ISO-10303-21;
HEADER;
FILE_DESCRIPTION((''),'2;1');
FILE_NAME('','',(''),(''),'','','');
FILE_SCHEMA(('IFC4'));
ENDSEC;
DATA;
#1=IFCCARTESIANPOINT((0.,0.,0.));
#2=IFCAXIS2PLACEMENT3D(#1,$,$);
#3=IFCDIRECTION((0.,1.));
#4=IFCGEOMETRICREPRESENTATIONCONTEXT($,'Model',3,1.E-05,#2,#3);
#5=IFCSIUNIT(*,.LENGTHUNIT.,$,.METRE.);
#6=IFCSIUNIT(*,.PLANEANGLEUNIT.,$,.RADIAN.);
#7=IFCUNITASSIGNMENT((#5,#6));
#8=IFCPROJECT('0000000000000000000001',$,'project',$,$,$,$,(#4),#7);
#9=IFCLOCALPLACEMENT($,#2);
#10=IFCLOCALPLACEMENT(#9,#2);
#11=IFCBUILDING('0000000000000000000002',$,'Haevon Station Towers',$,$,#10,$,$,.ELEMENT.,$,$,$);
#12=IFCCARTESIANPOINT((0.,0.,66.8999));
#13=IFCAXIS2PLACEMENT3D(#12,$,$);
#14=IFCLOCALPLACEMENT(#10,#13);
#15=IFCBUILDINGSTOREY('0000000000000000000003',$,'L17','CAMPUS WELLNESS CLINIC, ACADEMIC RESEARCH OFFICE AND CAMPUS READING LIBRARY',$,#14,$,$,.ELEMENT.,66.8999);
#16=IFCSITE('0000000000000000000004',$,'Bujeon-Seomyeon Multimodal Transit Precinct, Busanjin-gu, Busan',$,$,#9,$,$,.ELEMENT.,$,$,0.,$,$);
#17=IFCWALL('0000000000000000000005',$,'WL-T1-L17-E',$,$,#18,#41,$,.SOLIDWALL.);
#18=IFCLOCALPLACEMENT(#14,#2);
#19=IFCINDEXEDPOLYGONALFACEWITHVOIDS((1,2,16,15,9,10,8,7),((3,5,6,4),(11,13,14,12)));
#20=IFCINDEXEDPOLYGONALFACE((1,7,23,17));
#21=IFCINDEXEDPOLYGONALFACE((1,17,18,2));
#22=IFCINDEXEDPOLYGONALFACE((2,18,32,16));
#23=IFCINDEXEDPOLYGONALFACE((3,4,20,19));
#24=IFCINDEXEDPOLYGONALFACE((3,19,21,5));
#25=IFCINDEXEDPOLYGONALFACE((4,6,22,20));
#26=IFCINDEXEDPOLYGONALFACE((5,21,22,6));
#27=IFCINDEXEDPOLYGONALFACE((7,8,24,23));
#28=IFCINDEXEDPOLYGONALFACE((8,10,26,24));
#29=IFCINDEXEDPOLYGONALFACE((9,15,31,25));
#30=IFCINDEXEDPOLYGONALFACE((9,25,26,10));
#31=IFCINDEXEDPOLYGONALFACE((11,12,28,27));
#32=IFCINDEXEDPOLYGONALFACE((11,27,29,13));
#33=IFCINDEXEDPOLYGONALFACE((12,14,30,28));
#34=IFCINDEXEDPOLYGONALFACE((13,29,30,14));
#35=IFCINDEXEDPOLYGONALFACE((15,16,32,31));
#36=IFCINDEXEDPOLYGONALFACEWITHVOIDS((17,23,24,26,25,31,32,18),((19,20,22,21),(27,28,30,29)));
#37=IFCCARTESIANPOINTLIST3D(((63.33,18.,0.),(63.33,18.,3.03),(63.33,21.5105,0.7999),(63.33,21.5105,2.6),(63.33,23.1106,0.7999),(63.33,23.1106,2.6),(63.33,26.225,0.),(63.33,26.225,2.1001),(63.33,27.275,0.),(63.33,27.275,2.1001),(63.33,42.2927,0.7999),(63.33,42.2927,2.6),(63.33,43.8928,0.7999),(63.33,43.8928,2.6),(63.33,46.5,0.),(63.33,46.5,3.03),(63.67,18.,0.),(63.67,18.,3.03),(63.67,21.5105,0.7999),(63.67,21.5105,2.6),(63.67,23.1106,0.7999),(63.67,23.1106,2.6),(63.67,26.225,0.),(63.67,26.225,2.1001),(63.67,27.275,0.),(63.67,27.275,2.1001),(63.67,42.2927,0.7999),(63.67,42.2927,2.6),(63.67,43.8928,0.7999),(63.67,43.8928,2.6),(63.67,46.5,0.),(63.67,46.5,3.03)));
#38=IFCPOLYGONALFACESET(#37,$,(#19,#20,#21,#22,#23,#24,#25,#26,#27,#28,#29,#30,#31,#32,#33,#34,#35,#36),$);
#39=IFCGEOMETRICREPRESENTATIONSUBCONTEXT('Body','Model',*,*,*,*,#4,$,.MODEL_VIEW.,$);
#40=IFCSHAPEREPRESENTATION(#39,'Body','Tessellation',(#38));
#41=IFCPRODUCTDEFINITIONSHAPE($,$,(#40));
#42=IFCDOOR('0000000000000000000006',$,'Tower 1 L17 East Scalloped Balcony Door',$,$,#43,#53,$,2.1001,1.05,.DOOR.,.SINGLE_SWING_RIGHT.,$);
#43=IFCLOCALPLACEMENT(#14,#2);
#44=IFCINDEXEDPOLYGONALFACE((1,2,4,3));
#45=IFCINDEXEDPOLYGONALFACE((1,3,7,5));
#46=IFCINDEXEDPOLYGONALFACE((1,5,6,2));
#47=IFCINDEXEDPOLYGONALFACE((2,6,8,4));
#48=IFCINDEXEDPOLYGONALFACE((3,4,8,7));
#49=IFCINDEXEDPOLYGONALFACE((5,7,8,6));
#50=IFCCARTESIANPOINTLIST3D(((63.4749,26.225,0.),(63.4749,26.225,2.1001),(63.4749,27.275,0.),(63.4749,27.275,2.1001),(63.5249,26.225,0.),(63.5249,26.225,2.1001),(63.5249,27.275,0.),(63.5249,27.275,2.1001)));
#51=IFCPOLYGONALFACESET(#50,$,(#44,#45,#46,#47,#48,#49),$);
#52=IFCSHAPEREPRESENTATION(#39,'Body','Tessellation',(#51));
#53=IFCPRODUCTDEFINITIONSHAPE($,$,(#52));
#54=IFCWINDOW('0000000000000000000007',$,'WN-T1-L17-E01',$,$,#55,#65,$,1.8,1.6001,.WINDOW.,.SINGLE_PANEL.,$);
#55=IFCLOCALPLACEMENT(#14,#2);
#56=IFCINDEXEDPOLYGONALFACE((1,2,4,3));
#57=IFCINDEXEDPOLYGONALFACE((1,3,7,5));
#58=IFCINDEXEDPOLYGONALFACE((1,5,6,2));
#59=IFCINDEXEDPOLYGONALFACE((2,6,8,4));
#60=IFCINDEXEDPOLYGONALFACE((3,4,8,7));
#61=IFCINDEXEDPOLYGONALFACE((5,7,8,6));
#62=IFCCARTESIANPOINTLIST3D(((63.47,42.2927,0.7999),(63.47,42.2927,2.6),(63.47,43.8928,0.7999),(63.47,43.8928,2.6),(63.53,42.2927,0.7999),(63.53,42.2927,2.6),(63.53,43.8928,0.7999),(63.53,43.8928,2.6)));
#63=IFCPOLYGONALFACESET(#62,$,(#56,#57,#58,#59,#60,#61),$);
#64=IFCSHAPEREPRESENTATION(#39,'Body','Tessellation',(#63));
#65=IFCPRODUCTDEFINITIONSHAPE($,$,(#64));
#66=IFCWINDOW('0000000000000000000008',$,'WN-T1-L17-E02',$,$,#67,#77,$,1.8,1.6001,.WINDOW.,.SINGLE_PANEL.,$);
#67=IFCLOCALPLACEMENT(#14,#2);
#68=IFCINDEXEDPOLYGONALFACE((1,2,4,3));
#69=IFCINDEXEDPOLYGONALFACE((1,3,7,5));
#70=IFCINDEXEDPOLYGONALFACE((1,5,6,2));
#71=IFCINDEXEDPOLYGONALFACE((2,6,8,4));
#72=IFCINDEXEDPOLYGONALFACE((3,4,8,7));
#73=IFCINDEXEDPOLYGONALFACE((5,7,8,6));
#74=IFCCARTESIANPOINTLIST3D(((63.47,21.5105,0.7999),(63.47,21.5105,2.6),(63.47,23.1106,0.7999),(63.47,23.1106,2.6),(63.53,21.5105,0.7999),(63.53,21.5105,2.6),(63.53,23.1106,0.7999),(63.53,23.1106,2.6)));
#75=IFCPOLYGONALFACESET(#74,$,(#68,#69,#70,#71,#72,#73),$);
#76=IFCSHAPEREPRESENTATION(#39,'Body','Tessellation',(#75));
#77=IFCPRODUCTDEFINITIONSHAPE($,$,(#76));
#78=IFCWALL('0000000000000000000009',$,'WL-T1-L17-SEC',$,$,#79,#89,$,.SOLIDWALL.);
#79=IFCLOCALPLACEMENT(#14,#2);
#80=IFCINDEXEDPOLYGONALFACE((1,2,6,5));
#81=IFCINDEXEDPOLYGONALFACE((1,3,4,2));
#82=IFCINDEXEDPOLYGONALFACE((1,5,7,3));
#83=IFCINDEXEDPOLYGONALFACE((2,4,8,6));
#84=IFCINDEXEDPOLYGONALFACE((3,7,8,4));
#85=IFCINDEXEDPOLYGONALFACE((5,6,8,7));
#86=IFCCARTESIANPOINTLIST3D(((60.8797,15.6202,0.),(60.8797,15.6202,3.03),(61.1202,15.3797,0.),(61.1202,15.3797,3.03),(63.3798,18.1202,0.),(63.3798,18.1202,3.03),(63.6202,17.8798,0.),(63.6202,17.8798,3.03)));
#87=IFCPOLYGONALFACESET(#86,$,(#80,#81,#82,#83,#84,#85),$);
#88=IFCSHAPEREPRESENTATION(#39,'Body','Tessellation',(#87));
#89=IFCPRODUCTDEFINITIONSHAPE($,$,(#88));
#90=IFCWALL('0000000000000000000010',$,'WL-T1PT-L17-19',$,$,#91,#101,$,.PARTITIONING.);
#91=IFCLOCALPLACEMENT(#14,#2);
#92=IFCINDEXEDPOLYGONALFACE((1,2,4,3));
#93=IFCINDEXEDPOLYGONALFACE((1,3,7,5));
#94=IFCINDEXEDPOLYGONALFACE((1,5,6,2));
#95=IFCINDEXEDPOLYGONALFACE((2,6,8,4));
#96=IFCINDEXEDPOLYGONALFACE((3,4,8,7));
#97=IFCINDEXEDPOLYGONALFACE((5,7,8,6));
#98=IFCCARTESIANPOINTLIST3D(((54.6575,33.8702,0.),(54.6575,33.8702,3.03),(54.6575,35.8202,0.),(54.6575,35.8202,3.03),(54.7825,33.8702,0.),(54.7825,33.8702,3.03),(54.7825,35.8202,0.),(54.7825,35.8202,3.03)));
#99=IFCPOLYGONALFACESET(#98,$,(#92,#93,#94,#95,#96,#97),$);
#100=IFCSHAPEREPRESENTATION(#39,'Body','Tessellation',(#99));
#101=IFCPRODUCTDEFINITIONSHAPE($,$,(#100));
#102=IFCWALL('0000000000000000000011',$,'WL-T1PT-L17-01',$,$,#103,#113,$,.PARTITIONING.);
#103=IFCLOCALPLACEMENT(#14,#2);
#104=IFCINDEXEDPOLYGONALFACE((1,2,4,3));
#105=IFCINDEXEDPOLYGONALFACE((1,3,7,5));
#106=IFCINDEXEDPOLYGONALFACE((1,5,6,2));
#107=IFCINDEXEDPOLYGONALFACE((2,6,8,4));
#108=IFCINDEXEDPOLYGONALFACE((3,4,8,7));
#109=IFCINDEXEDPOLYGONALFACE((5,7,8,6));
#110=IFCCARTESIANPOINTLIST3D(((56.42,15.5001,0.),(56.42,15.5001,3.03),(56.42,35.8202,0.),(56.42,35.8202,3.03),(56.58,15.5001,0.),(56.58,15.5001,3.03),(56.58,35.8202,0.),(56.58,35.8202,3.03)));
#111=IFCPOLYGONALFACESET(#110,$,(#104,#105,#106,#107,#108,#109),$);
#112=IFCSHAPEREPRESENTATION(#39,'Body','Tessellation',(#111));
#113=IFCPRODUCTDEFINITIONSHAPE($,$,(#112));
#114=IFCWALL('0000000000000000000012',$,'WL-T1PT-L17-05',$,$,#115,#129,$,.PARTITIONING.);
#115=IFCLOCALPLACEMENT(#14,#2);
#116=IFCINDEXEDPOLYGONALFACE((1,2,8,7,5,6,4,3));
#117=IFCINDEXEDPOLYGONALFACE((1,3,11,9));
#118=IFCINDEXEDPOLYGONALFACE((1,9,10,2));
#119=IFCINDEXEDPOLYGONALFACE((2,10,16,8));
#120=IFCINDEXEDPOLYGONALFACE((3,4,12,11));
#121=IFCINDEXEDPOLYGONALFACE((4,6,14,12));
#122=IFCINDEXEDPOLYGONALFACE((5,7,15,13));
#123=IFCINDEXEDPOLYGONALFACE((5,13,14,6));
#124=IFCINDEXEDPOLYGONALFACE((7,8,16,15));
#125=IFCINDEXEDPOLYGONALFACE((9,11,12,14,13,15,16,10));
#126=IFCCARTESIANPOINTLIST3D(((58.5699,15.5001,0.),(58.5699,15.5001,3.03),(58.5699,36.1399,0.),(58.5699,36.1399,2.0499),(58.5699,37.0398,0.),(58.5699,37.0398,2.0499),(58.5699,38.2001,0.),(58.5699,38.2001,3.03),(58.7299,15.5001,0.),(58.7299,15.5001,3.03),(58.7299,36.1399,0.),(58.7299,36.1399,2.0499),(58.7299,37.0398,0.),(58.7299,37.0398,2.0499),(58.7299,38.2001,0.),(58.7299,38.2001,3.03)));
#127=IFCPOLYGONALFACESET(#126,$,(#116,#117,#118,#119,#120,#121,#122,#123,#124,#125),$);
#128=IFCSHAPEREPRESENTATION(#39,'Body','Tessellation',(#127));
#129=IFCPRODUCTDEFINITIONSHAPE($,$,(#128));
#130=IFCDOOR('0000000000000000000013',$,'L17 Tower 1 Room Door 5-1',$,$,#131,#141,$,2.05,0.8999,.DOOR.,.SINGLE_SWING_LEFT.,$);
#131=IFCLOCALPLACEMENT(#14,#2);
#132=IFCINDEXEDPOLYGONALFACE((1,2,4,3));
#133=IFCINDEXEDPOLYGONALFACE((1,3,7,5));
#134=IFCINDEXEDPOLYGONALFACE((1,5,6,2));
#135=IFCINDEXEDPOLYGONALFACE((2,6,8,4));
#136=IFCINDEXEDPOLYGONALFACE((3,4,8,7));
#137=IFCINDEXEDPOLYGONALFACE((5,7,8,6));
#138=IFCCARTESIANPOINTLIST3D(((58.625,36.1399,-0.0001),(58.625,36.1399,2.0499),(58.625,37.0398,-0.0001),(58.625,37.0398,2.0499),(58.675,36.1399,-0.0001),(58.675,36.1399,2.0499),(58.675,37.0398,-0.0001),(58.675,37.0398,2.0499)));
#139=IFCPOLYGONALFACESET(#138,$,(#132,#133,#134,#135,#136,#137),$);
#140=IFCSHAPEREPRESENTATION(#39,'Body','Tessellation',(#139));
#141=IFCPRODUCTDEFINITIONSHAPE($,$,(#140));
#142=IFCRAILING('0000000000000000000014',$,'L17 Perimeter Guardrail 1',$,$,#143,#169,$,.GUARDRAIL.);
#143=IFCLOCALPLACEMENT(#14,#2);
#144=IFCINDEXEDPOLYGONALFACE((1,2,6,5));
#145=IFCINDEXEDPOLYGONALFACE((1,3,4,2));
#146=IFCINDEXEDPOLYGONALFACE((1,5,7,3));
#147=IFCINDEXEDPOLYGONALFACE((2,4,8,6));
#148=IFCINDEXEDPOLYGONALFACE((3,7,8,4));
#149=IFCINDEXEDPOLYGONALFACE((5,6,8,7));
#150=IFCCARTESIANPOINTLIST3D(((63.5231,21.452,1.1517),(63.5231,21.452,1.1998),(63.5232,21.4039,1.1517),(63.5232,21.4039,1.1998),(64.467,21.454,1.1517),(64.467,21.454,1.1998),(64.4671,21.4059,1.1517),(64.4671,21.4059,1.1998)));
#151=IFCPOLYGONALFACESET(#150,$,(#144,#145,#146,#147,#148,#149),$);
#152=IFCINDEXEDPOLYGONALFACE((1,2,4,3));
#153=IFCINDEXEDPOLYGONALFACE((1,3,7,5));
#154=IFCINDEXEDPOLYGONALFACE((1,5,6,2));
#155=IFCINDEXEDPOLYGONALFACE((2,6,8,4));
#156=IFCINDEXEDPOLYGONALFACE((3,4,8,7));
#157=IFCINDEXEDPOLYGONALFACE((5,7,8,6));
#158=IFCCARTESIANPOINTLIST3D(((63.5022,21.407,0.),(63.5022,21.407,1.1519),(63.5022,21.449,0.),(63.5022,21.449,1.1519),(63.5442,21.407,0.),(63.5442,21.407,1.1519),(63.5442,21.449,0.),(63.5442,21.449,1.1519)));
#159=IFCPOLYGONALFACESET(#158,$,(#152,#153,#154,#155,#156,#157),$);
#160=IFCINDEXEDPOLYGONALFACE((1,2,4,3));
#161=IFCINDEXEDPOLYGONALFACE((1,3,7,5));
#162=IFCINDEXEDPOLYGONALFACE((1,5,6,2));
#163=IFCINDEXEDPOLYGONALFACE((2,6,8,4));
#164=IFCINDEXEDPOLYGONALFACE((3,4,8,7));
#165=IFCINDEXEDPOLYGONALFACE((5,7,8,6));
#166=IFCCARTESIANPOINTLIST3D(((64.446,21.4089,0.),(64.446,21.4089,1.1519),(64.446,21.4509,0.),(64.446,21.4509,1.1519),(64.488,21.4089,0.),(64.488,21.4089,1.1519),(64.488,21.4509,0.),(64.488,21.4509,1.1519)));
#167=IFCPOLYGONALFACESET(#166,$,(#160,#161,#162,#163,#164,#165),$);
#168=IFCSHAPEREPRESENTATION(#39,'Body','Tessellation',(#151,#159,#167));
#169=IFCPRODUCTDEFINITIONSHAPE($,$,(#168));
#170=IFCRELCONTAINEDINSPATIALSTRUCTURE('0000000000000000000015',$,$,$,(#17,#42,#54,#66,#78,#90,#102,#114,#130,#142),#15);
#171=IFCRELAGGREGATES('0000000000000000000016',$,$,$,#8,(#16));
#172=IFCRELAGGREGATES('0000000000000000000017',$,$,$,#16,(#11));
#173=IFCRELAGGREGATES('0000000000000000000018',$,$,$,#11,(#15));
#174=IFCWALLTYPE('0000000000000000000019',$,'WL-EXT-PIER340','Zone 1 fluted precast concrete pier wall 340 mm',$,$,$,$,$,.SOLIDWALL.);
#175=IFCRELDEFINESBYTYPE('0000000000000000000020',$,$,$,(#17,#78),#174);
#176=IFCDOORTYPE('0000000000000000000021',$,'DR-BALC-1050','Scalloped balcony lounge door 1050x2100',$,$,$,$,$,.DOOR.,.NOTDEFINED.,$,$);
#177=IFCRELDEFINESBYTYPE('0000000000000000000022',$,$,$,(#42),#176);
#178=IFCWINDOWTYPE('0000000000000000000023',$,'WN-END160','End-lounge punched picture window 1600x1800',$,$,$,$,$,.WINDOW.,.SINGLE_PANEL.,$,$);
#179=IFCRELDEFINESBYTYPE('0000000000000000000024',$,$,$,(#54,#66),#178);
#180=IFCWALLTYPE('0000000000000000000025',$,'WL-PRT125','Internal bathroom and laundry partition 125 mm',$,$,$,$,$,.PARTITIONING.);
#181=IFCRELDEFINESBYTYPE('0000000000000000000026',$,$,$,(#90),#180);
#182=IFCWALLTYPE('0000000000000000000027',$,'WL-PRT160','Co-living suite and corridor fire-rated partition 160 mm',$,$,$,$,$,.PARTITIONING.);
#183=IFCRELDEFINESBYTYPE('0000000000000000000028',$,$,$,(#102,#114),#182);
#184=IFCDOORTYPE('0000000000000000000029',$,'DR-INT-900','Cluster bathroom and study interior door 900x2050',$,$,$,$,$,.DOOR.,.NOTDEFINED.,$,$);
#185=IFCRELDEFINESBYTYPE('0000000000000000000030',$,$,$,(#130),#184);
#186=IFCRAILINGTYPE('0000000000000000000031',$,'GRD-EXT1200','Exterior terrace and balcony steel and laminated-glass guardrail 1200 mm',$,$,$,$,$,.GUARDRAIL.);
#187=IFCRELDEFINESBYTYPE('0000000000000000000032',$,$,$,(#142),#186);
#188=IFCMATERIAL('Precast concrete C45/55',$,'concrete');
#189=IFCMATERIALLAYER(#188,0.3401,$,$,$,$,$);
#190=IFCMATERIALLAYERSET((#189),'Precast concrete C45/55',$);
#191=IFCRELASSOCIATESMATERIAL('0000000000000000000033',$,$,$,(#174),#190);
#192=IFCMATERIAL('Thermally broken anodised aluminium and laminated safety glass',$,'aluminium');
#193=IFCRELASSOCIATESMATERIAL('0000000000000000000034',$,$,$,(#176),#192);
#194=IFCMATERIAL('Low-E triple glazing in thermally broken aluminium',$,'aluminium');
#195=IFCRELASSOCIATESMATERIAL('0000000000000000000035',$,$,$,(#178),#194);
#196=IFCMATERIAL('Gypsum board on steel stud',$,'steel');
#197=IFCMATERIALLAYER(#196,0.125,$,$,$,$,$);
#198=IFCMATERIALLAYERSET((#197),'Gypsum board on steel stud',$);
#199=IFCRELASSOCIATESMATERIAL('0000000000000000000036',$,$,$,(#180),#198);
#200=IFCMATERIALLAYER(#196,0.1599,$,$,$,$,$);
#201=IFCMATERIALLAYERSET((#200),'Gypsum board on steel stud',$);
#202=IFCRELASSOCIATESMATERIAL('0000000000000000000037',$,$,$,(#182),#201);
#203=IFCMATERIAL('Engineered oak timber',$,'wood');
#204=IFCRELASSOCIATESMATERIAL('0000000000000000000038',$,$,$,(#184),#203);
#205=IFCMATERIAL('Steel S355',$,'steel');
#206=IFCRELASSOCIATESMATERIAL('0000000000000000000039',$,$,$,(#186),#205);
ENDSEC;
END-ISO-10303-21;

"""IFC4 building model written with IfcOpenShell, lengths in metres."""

from ifc_helpers import new_model, si_unit, direction, frame, frame_2d, origin, origin_2d, place, context, subcontext, project, spatial, rectangle, extrude, material, layer, layer_set, type_object, element, fill, save


model = new_model("IFC4")

# Units and contexts
model_context = context("Model", 3, precision=1e-05, world=origin(), true_north=direction((0.0, 1.0)))
body_context = subcontext(model_context, "Body", "Model", "MODEL_VIEW")
ifc_project = project(units=[si_unit("LENGTHUNIT", "METRE"), si_unit("PLANEANGLEUNIT", "RADIAN")], contexts=[model_context])

# Site, building, storey
site_placement = place(None, origin())
site = spatial("IfcSite", under=ifc_project, at=site_placement, Name="Bujeon-Seomyeon Multimodal Transit Precinct, Busanjin-gu, Busan", CompositionType="ELEMENT", RefElevation=0.0)
building_placement = place(site_placement, origin())
building = spatial("IfcBuilding", under=site, at=building_placement, Name="Haevon Station Towers", CompositionType="ELEMENT")
storey_placement = place(building_placement, frame((0.0, 0.0, 66.8999)))
storey = spatial("IfcBuildingStorey", under=building, at=storey_placement, Name="L17", Description="CAMPUS WELLNESS CLINIC, ACADEMIC RESEARCH OFFICE AND CAMPUS READING LIBRARY", CompositionType="ELEMENT", Elevation=66.8999)

# Shared definitions
ifc_material_1 = material(Name="Steel S355", Category="steel")

# Shared definitions
ifc_material_2 = material(Name="Gypsum board on steel stud", Category="steel")

# Shared definitions
ifc_material_3 = material(Name="Precast concrete C45/55", Category="concrete")
ifc_layer_1 = layer(ifc_material_3, 0.3401)
ifc_layer_set_1 = layer_set([ifc_layer_1], Name="Precast concrete C45/55")
wall_type_1 = type_object("IfcWallType", Name="WL-EXT-PIER340", Description="Zone 1 fluted precast concrete pier wall 340 mm", PredefinedType="SOLIDWALL", material=ifc_layer_set_1)
ifc_material_4 = material(Name="Low-E triple glazing in thermally broken aluminium", Category="aluminium")

# Wall, openings, door, windows
wall_1_placement = place(storey_placement, frame((63.5, 46.5, 0.0), z_axis=(0.0, 0.0, 1.0), x_axis=(0.0, -1.0, 0.0)))
wall_1 = element("IfcWall", 1, at=wall_1_placement, inside=storey, type_object=wall_type_1, Name="WL-T1-L17-E", PredefinedType="SOLIDWALL", context=body_context, shape_type="SweptSolid", body=[
    extrude(rectangle(XDim=28.5, YDim=0.3401, at=frame_2d((14.25, 0.0))), origin(), (0.0, 0.0, 1.0), 3.03),
])
opening_1_placement = place(wall_1_placement, frame((19.2251, 0.0, 0.0)))
opening_1 = element("IfcOpeningElement", 2, at=opening_1_placement, cuts=wall_1, PredefinedType="OPENING", context=body_context, shape_type="SweptSolid", body=[
    extrude(rectangle(XDim=1.05, YDim=2.1001, at=frame_2d((0.5249, 1.05))), frame((0.0, 0.1799, 0.0), z_axis=(0.0, -1.0, 0.0), x_axis=(1.0, 0.0, 0.0)), (0.0, 0.0, 1.0), 0.3601),
])
opening_2_placement = place(wall_1_placement, frame((2.6072, 0.0, 0.8)))
opening_2 = element("IfcOpeningElement", 3, at=opening_2_placement, cuts=wall_1, PredefinedType="OPENING", context=body_context, shape_type="SweptSolid", body=[
    extrude(rectangle(XDim=1.6001, YDim=1.8, at=frame_2d((0.8, 0.8999))), frame((0.0, 0.1799, 0.0), z_axis=(0.0, -1.0, 0.0), x_axis=(1.0, 0.0, 0.0)), (0.0, 0.0, 1.0), 0.3601),
])
opening_3_placement = place(wall_1_placement, frame((23.3894, 0.0, 0.8)))
opening_3 = element("IfcOpeningElement", 4, at=opening_3_placement, cuts=wall_1, PredefinedType="OPENING", context=body_context, shape_type="SweptSolid", body=[
    extrude(rectangle(XDim=1.6001, YDim=1.8, at=frame_2d((0.8, 0.8999))), frame((0.0, 0.1799, 0.0), z_axis=(0.0, -1.0, 0.0), x_axis=(1.0, 0.0, 0.0)), (0.0, 0.0, 1.0), 0.3601),
])
ifc_material_5 = material(Name="Thermally broken anodised aluminium and laminated safety glass", Category="aluminium")
door_type_1 = type_object("IfcDoorType", Name="DR-BALC-1050", Description="Scalloped balcony lounge door 1050x2100", OperationType="NOTDEFINED", PredefinedType="DOOR", material=ifc_material_5)
door_1_placement = place(opening_1_placement, origin())
door_1 = element("IfcDoor", 5, at=door_1_placement, inside=storey, type_object=door_type_1, Name="Tower 1 L17 East Scalloped Balcony Door", OperationType="SINGLE_SWING_RIGHT", OverallHeight=2.1001, OverallWidth=1.05, PredefinedType="DOOR", context=body_context, shape_type="SweptSolid", body=[
    extrude(rectangle(XDim=1.05, YDim=2.1001, at=frame_2d((0.5249, 1.05))), frame((0.0, 0.0249, 0.0), z_axis=(0.0, -1.0, 0.0), x_axis=(1.0, 0.0, 0.0)), (0.0, 0.0, 1.0), 0.05),
])
fill(opening_1, door_1)
window_type_1 = type_object("IfcWindowType", Name="WN-END160", Description="End-lounge punched picture window 1600x1800", PartitioningType="SINGLE_PANEL", PredefinedType="WINDOW", material=ifc_material_4)
window_1_placement = place(opening_2_placement, origin())
window_1 = element("IfcWindow", 6, at=window_1_placement, inside=storey, type_object=window_type_1, Name="WN-T1-L17-E01", OverallHeight=1.8, OverallWidth=1.6001, PartitioningType="SINGLE_PANEL", PredefinedType="WINDOW", context=body_context, shape_type="SweptSolid", body=[
    extrude(rectangle(XDim=1.6001, YDim=1.8, at=frame_2d((0.8, 0.8999))), frame((0.0, 0.03, 0.0), z_axis=(0.0, -1.0, 0.0), x_axis=(1.0, 0.0, 0.0)), (0.0, 0.0, 1.0), 0.0601),
])
fill(opening_2, window_1)
window_2_placement = place(opening_3_placement, origin())
window_2 = element("IfcWindow", 7, at=window_2_placement, inside=storey, type_object=window_type_1, Name="WN-T1-L17-E02", OverallHeight=1.8, OverallWidth=1.6001, PartitioningType="SINGLE_PANEL", PredefinedType="WINDOW", context=body_context, shape_type="SweptSolid", body=[
    extrude(rectangle(XDim=1.6001, YDim=1.8, at=frame_2d((0.8, 0.8999))), frame((0.0, 0.03, 0.0), z_axis=(0.0, -1.0, 0.0), x_axis=(1.0, 0.0, 0.0)), (0.0, 0.0, 1.0), 0.0601),
])
fill(opening_3, window_2)

# Walls
wall_2_placement = place(storey_placement, frame((63.5, 18.0, 0.0), z_axis=(0.0, 0.0, 1.0), x_axis=(-0.707107, -0.707107, 0.0)))
element("IfcWall", 8, at=wall_2_placement, inside=storey, type_object=wall_type_1, Name="WL-T1-L17-SEC", PredefinedType="SOLIDWALL", context=body_context, shape_type="SweptSolid", body=[
    extrude(rectangle(XDim=3.5356, YDim=0.3401, at=frame_2d((1.7678, 0.0))), origin(), (0.0, 0.0, 1.0), 3.03),
])
ifc_layer_2 = layer(ifc_material_2, 0.125)
ifc_layer_set_2 = layer_set([ifc_layer_2], Name="Gypsum board on steel stud")
wall_type_2 = type_object("IfcWallType", Name="WL-PRT125", Description="Internal bathroom and laundry partition 125 mm", PredefinedType="PARTITIONING", material=ifc_layer_set_2)
wall_3_placement = place(storey_placement, frame((54.72, 33.8701, 0.0), z_axis=(0.0, 0.0, 1.0), x_axis=(0.0, 1.0, 0.0)))
element("IfcWall", 9, at=wall_3_placement, inside=storey, type_object=wall_type_2, Name="WL-T1PT-L17-19", PredefinedType="PARTITIONING", context=body_context, shape_type="SweptSolid", body=[
    extrude(rectangle(XDim=1.95, YDim=0.125, at=frame_2d((0.9751, 0.0))), origin(), (0.0, 0.0, 1.0), 3.03),
])
ifc_layer_3 = layer(ifc_material_2, 0.1599)
ifc_layer_set_3 = layer_set([ifc_layer_3], Name="Gypsum board on steel stud")
wall_type_3 = type_object("IfcWallType", Name="WL-PRT160", Description="Co-living suite and corridor fire-rated partition 160 mm", PredefinedType="PARTITIONING", material=ifc_layer_set_3)
wall_4_placement = place(storey_placement, frame((56.5, 15.5, 0.0), z_axis=(0.0, 0.0, 1.0), x_axis=(0.0, 1.0, 0.0)))
element("IfcWall", 10, at=wall_4_placement, inside=storey, type_object=wall_type_3, Name="WL-T1PT-L17-01", PredefinedType="PARTITIONING", context=body_context, shape_type="SweptSolid", body=[
    extrude(rectangle(XDim=20.3201, YDim=0.1599, at=frame_2d((10.1602, 0.0))), origin(), (0.0, 0.0, 1.0), 3.03),
])

# Wall, opening, door
wall_5_placement = place(storey_placement, frame((58.6499, 15.5, 0.0), z_axis=(0.0, 0.0, 1.0), x_axis=(0.0, 1.0, 0.0)))
wall_5 = element("IfcWall", 11, at=wall_5_placement, inside=storey, type_object=wall_type_3, Name="WL-T1PT-L17-05", PredefinedType="PARTITIONING", context=body_context, shape_type="SweptSolid", body=[
    extrude(rectangle(XDim=22.7, YDim=0.1599, at=frame_2d((11.3501, 0.0))), origin(), (0.0, 0.0, 1.0), 3.03),
])
opening_4_placement = place(wall_5_placement, frame((20.6399, 0.0, 0.0)))
opening_4 = element("IfcOpeningElement", 12, at=opening_4_placement, cuts=wall_5, PredefinedType="OPENING", context=body_context, shape_type="SweptSolid", body=[
    extrude(rectangle(XDim=0.8999, YDim=2.05, at=frame_2d((0.45, 1.0249))), frame((0.0, 0.0898, 0.0), z_axis=(0.0, -1.0, 0.0), x_axis=(1.0, 0.0, 0.0)), (0.0, 0.0, 1.0), 0.1799),
])
ifc_material_6 = material(Name="Engineered oak timber", Category="wood")
door_type_2 = type_object("IfcDoorType", Name="DR-INT-900", Description="Cluster bathroom and study interior door 900x2050", OperationType="NOTDEFINED", PredefinedType="DOOR", material=ifc_material_6)
door_2_placement = place(opening_4_placement, origin())
door_2 = element("IfcDoor", 13, at=door_2_placement, inside=storey, type_object=door_type_2, Name="L17 Tower 1 Room Door 5-1", OperationType="SINGLE_SWING_LEFT", OverallHeight=2.05, OverallWidth=0.8999, PredefinedType="DOOR", context=body_context, shape_type="SweptSolid", body=[
    extrude(rectangle(XDim=0.8999, YDim=2.05, at=frame_2d((0.45, 1.0249))), frame((0.0, 0.0249, 0.0), z_axis=(0.0, -1.0, 0.0), x_axis=(1.0, 0.0, 0.0)), (0.0, 0.0, 1.0), 0.05),
])
fill(opening_4, door_2)

# Railing
railing_type = type_object("IfcRailingType", Name="GRD-EXT1200", Description="Exterior terrace and balcony steel and laminated-glass guardrail 1200 mm", PredefinedType="GUARDRAIL", material=ifc_material_1)
railing_1_placement = place(storey_placement, frame((63.5232, 21.428, 0.0)))
element("IfcRailing", 14, at=railing_1_placement, inside=storey, type_object=railing_type, Name="L17 Perimeter Guardrail 1", PredefinedType="GUARDRAIL", context=body_context, shape_type="SweptSolid", body=[
    extrude(rectangle(XDim=0.0481, YDim=0.0481, at=origin_2d()), frame((0.0, 0.0, 1.1758), z_axis=(0.999998, 0.002069, 0.0), x_axis=(-0.002069, 0.999998, 0.0)), (0.0, 0.0, 1.0), 0.9438),
    extrude(rectangle(XDim=0.042, YDim=0.042, at=origin_2d()), origin(), (0.0, 0.0, 1.0), 1.1519),
    extrude(rectangle(XDim=0.042, YDim=0.042, at=origin_2d()), frame((0.9438, 0.002, 0.0)), (0.0, 0.0, 1.0), 1.1519),
])

save(model, "model.ifc")
